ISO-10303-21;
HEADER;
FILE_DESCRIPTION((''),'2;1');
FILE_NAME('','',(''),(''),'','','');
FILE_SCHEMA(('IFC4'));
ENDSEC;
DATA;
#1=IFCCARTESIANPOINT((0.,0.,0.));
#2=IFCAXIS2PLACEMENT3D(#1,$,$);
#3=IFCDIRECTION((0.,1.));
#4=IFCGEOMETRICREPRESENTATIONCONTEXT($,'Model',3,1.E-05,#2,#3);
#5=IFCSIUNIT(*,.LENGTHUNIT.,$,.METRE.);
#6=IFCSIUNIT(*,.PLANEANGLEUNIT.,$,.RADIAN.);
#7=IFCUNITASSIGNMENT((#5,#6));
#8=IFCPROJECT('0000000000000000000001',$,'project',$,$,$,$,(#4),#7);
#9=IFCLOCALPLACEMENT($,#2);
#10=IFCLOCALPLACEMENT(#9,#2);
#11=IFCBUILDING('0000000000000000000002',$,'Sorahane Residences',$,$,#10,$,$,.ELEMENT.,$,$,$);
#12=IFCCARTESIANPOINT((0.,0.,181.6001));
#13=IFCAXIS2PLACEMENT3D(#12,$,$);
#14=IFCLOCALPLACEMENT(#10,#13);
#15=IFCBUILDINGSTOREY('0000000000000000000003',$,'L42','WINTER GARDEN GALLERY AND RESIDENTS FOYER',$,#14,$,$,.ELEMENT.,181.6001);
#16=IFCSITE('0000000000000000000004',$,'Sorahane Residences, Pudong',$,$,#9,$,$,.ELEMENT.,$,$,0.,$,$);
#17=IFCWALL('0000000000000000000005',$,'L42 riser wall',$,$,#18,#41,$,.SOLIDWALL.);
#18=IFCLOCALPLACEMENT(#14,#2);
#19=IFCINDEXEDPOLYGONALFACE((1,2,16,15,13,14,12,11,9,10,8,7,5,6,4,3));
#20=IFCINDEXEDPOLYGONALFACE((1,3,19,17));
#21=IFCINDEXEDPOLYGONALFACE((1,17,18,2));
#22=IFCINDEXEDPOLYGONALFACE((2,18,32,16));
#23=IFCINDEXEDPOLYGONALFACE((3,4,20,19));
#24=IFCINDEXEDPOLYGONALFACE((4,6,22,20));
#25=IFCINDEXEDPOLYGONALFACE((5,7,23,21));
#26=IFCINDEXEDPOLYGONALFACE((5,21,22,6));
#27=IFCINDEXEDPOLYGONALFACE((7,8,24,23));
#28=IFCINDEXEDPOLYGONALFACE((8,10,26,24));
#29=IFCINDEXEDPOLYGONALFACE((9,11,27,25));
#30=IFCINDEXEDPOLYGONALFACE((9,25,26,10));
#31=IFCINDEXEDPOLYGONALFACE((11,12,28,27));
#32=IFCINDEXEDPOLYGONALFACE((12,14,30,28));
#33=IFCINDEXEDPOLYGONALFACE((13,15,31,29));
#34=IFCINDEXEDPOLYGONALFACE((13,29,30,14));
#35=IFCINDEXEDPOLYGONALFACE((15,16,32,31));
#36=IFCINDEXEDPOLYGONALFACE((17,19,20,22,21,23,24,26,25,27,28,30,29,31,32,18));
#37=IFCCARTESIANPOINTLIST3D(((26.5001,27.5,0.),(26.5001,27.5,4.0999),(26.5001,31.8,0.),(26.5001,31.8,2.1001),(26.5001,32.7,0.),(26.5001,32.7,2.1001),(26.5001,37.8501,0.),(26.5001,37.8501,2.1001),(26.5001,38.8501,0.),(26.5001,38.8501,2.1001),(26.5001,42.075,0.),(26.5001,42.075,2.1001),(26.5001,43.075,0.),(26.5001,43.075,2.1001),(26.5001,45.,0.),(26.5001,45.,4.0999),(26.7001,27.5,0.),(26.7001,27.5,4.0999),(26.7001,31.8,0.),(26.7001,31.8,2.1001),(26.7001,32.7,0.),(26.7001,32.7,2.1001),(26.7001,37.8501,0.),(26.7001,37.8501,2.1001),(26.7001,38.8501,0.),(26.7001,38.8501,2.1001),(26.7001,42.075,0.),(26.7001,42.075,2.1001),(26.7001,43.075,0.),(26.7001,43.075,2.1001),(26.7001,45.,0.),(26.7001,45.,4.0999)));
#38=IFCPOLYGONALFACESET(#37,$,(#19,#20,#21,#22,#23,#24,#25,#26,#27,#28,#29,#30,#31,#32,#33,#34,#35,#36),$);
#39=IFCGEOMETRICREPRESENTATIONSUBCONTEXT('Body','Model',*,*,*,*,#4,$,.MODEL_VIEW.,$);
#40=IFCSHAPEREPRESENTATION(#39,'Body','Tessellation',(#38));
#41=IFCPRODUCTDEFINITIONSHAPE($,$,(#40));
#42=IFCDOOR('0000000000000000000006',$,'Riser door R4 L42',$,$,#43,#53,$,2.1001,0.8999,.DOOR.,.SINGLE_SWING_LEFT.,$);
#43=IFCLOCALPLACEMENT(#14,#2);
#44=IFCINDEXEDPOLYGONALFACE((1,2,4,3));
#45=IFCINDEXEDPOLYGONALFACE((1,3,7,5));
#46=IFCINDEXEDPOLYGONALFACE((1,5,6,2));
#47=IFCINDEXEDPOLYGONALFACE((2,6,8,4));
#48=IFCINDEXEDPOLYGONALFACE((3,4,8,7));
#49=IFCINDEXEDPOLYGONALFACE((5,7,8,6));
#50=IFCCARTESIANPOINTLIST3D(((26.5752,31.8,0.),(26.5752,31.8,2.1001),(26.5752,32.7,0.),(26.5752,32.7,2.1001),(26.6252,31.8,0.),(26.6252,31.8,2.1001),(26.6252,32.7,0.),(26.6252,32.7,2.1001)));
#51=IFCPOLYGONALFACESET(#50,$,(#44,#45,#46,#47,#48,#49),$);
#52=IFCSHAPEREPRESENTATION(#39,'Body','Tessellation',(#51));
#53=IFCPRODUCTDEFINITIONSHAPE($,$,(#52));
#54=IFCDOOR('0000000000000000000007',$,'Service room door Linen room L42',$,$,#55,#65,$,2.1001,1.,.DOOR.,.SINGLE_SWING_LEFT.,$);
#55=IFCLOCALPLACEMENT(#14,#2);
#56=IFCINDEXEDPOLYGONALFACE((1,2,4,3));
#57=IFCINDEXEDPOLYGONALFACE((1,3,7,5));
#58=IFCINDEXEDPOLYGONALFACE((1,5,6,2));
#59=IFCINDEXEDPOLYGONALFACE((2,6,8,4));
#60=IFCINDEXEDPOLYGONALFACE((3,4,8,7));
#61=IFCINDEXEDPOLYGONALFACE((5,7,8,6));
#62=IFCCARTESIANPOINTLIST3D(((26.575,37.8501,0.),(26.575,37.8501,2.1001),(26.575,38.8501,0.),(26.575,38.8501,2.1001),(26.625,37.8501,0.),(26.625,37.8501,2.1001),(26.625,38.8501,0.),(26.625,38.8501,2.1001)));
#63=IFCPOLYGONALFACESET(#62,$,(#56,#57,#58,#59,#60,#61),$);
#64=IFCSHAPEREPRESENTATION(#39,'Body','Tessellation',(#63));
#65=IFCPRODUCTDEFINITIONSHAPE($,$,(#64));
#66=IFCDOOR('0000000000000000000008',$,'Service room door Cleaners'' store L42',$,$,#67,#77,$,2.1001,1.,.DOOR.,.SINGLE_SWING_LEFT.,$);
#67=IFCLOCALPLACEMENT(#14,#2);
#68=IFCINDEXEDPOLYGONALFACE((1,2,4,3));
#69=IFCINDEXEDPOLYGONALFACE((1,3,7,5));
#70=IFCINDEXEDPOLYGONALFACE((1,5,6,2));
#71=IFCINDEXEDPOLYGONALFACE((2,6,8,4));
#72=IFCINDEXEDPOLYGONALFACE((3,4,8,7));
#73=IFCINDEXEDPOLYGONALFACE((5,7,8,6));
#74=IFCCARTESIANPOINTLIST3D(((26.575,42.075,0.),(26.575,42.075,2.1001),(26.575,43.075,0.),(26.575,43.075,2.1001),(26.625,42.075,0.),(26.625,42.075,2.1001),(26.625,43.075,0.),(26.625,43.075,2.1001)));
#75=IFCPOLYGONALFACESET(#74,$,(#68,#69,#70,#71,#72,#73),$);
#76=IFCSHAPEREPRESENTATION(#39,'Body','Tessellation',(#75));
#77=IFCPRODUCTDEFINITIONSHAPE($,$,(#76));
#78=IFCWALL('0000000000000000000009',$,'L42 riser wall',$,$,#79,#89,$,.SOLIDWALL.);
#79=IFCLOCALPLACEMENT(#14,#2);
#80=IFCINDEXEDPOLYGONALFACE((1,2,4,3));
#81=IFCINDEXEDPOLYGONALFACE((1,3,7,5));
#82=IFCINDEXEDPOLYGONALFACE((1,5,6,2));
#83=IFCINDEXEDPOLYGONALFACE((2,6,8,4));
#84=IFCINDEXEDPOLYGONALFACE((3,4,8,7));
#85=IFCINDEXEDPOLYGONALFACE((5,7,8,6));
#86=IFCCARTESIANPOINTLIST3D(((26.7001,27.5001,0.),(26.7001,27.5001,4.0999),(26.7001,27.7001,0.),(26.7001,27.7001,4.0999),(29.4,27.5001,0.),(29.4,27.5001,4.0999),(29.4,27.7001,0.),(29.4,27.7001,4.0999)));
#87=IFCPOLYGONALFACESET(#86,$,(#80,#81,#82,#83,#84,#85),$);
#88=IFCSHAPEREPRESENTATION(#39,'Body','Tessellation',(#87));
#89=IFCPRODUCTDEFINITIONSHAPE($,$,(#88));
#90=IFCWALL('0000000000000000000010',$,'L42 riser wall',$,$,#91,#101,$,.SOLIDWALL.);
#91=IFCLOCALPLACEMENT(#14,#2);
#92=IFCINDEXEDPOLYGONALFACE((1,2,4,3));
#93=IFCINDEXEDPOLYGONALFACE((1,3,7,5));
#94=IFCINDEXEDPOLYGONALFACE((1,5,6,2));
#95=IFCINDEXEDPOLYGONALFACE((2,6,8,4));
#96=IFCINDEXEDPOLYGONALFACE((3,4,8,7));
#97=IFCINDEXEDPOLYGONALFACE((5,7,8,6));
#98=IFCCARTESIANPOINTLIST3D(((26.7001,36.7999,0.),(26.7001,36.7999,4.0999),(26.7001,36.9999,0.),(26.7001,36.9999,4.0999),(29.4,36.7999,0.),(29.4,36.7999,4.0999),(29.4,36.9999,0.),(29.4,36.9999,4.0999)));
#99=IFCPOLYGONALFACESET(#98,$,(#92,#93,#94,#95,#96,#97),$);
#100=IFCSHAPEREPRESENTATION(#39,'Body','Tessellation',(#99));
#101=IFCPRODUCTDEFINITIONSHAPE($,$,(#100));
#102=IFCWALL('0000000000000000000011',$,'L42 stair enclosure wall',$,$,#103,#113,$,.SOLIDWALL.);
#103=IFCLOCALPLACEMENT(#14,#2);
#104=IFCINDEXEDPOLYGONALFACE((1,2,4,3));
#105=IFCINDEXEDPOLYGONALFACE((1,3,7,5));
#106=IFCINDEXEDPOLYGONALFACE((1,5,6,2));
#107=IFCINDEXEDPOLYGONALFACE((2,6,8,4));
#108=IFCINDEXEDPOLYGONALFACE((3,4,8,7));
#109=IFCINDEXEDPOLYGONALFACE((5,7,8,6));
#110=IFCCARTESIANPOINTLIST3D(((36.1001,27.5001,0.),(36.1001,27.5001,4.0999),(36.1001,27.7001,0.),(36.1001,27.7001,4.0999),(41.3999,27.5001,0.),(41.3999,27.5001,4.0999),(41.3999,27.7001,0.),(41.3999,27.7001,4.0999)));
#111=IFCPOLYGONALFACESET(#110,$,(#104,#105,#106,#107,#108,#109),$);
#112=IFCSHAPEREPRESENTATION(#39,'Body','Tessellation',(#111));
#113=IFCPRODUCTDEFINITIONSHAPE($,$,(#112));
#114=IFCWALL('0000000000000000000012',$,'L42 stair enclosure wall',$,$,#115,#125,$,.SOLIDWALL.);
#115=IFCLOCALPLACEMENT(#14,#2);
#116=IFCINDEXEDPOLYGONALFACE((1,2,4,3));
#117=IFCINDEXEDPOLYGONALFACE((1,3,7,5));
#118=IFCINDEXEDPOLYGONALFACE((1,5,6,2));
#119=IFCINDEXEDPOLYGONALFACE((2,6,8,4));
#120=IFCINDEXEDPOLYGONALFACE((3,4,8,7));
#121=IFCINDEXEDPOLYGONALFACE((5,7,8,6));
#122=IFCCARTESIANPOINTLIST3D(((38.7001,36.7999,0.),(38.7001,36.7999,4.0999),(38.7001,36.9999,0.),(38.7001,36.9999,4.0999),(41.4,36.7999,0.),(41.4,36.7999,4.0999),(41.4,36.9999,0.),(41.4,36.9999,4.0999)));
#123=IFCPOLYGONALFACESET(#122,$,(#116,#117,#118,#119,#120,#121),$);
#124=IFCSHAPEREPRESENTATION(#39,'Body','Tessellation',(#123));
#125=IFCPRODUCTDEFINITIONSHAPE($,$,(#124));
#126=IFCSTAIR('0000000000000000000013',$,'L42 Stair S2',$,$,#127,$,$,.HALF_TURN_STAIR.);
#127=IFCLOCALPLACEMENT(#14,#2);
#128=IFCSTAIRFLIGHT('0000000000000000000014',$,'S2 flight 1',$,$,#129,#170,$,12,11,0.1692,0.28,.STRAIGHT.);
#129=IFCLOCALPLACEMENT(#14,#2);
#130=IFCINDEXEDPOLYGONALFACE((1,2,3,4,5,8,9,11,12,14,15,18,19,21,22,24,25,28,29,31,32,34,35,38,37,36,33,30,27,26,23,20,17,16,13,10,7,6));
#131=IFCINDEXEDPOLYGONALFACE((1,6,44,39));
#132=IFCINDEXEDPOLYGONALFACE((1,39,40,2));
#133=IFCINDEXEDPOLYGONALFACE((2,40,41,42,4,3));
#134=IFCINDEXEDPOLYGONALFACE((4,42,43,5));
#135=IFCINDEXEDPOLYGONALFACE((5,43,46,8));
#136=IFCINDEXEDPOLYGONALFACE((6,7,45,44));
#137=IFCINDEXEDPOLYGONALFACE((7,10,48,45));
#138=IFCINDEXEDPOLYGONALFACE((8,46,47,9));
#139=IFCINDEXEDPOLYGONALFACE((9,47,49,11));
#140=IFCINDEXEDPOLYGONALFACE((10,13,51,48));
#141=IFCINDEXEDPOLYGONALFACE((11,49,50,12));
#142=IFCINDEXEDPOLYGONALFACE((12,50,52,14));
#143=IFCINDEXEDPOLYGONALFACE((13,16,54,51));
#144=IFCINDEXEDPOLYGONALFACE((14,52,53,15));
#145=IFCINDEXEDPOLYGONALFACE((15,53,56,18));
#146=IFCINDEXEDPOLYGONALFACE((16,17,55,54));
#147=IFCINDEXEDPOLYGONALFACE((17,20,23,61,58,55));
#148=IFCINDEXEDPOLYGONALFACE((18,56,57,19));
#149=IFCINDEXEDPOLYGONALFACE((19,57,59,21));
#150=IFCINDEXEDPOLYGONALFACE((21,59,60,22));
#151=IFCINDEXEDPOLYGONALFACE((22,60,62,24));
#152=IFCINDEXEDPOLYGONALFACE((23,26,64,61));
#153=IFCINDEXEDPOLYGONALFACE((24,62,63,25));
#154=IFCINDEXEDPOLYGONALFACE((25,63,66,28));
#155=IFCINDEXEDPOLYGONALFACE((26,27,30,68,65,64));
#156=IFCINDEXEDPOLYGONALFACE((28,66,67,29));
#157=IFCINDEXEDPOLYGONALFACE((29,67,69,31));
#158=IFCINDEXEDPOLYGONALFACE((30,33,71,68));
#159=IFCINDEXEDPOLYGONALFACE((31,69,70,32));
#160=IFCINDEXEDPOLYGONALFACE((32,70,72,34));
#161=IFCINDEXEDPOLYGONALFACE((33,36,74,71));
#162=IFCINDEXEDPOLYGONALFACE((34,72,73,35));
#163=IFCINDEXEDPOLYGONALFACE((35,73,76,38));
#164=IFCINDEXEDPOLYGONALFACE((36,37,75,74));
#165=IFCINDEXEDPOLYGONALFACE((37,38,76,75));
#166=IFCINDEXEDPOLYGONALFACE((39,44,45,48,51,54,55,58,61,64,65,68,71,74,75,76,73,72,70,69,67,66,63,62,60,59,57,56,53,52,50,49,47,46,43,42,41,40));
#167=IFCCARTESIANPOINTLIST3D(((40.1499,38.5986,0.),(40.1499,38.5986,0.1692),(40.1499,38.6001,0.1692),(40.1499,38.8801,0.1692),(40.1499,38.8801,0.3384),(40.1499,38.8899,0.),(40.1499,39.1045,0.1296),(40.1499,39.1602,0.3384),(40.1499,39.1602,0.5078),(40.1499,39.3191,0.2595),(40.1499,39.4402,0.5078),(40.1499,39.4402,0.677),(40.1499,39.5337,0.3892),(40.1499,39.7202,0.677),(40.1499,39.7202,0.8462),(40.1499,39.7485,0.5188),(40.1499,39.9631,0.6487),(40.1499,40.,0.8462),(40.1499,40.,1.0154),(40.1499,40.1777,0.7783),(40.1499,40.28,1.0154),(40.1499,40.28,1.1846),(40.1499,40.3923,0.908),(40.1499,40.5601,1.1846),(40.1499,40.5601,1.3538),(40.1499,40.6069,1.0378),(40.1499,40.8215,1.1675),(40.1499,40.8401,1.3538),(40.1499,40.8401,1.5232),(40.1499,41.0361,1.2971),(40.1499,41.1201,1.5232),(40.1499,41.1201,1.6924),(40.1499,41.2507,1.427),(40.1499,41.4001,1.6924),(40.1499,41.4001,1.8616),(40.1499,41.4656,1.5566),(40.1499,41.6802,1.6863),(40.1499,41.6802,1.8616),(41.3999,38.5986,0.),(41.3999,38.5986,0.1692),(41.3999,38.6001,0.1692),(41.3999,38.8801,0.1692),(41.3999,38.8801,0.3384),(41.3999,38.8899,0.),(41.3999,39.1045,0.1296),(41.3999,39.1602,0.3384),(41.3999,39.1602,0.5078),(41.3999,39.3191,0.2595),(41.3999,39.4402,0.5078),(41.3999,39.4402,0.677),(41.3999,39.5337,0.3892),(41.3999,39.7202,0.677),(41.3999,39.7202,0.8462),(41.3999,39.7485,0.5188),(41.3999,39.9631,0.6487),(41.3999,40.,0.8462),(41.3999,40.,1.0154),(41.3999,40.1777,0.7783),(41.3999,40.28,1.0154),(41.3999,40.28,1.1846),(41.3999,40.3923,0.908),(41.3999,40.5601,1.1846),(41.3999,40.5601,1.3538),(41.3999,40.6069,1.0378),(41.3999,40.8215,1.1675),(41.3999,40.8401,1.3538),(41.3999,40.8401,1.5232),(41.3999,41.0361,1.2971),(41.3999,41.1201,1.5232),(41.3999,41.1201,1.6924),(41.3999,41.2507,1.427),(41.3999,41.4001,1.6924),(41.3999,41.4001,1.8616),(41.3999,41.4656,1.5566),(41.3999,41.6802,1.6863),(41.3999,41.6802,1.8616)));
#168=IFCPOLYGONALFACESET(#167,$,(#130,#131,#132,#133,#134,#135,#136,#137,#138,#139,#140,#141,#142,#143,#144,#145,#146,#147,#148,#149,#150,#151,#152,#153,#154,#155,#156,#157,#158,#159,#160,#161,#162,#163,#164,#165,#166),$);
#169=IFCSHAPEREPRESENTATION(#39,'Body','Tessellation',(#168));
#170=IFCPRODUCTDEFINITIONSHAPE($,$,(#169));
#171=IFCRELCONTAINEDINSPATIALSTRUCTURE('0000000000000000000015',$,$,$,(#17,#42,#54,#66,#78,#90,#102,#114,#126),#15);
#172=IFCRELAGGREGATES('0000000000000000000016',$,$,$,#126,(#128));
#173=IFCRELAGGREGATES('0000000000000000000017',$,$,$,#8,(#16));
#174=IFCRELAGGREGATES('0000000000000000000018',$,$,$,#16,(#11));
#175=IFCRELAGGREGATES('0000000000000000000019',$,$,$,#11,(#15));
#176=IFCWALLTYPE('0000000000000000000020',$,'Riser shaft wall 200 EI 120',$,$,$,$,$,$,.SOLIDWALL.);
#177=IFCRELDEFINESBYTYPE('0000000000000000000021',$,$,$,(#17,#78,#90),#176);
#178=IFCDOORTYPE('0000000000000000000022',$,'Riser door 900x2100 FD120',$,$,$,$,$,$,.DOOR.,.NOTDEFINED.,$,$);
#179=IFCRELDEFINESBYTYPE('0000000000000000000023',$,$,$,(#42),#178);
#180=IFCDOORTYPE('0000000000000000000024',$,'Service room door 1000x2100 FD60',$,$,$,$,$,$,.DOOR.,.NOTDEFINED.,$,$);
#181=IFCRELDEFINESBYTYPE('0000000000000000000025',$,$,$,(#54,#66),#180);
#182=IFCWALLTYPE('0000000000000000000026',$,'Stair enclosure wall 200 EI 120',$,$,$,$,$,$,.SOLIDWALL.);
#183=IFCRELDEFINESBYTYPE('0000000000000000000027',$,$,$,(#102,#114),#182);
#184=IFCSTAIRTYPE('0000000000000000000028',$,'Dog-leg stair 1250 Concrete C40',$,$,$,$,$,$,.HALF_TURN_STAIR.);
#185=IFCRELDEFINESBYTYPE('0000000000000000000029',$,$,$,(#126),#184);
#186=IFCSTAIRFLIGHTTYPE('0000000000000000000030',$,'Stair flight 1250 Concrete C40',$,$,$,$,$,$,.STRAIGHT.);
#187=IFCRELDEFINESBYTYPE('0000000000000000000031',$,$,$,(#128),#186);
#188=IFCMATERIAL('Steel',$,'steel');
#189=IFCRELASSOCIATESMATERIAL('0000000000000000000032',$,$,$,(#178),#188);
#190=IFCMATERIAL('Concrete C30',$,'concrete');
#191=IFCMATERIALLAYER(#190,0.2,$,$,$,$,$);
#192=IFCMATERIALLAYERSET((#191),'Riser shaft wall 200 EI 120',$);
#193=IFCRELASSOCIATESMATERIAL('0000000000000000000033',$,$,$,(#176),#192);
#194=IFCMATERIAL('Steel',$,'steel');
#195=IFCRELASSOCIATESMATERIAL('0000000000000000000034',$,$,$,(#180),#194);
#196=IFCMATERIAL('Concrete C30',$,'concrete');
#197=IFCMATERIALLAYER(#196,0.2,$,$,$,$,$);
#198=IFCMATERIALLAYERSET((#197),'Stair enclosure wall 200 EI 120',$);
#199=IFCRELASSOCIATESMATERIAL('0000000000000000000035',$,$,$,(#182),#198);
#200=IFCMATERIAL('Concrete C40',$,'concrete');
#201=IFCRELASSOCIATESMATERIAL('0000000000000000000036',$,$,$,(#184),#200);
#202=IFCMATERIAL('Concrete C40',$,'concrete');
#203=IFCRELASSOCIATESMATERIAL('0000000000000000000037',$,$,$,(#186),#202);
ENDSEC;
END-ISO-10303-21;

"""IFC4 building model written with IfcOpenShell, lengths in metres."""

from ifc_helpers import new_model, si_unit, direction, frame, frame_2d, origin, place, context, subcontext, project, spatial, polyline, rectangle, outline, extrude, material, layer, layer_set, type_object, element, fill, aggregate, save


model = new_model("IFC4")

# Units and contexts
model_context = context("Model", 3, precision=1e-05, world=origin(), true_north=direction((0.0, 1.0)))
body_context = subcontext(model_context, "Body", "Model", "MODEL_VIEW")
ifc_project = project(units=[si_unit("LENGTHUNIT", "METRE"), si_unit("PLANEANGLEUNIT", "RADIAN")], contexts=[model_context])

# Site, building, storey
site_placement = place(None, origin())
site = spatial("IfcSite", under=ifc_project, at=site_placement, Name="Sorahane Residences, Pudong", CompositionType="ELEMENT", RefElevation=0.0)
building_placement = place(site_placement, origin())
building = spatial("IfcBuilding", under=site, at=building_placement, Name="Sorahane Residences", CompositionType="ELEMENT")
storey_placement = place(building_placement, frame((0.0, 0.0, 181.6001)))
storey = spatial("IfcBuildingStorey", under=building, at=storey_placement, Name="L42", Description="WINTER GARDEN GALLERY AND RESIDENTS FOYER", CompositionType="ELEMENT", Elevation=181.6001)

# Shared definitions
ifc_material_1 = material(Name="Steel", Category="steel")
door_type_1 = type_object("IfcDoorType", Name="Riser door 900x2100 FD120", OperationType="NOTDEFINED", PredefinedType="DOOR", material=ifc_material_1)

# Wall, openings, doors
ifc_material_2 = material(Name="Concrete C30", Category="concrete")
ifc_layer_1 = layer(ifc_material_2, 0.2)
ifc_layer_set_1 = layer_set([ifc_layer_1], Name="Riser shaft wall 200 EI 120")
wall_type_1 = type_object("IfcWallType", Name="Riser shaft wall 200 EI 120", PredefinedType="SOLIDWALL", material=ifc_layer_set_1)
wall_1_placement = place(storey_placement, frame((26.6001, 27.5, 0.0), z_axis=(0.0, 0.0, 1.0), x_axis=(0.0, 1.0, 0.0)))
wall_1 = element("IfcWall", 1, at=wall_1_placement, inside=storey, type_object=wall_type_1, Name="L42 riser wall", PredefinedType="SOLIDWALL", context=body_context, shape_type="SweptSolid", body=[
    extrude(rectangle(XDim=17.5, YDim=0.2, at=frame_2d((8.75, 0.0))), origin(), (0.0, 0.0, 1.0), 4.0999),
])
opening_1_placement = place(wall_1_placement, frame((4.3, 0.0, 0.0)))
opening_1 = element("IfcOpeningElement", 2, at=opening_1_placement, cuts=wall_1, PredefinedType="OPENING", context=body_context, shape_type="SweptSolid", body=[
    extrude(rectangle(XDim=0.8999, YDim=2.1001, at=frame_2d((0.45, 1.05))), frame((0.0, 0.1099, 0.0), z_axis=(0.0, -1.0, 0.0), x_axis=(1.0, 0.0, 0.0)), (0.0, 0.0, 1.0), 0.22),
])
opening_2_placement = place(wall_1_placement, frame((10.3501, 0.0, 0.0)))
opening_2 = element("IfcOpeningElement", 3, at=opening_2_placement, cuts=wall_1, PredefinedType="OPENING", context=body_context, shape_type="SweptSolid", body=[
    extrude(rectangle(XDim=1.0, YDim=2.1001, at=frame_2d((0.5, 1.05))), frame((0.0, 0.1099, 0.0), z_axis=(0.0, -1.0, 0.0), x_axis=(1.0, 0.0, 0.0)), (0.0, 0.0, 1.0), 0.22),
])
opening_3_placement = place(wall_1_placement, frame((14.575, 0.0, 0.0)))
opening_3 = element("IfcOpeningElement", 4, at=opening_3_placement, cuts=wall_1, PredefinedType="OPENING", context=body_context, shape_type="SweptSolid", body=[
    extrude(rectangle(XDim=1.0, YDim=2.1001, at=frame_2d((0.5, 1.05))), frame((0.0, 0.1099, 0.0), z_axis=(0.0, -1.0, 0.0), x_axis=(1.0, 0.0, 0.0)), (0.0, 0.0, 1.0), 0.22),
])
door_1_placement = place(opening_1_placement, origin())
door_1 = element("IfcDoor", 5, at=door_1_placement, inside=storey, type_object=door_type_1, Name="Riser door R4 L42", OperationType="SINGLE_SWING_LEFT", OverallHeight=2.1001, OverallWidth=0.8999, PredefinedType="DOOR", context=body_context, shape_type="SweptSolid", body=[
    extrude(rectangle(XDim=0.8999, YDim=2.1001, at=frame_2d((0.45, 1.05))), frame((0.0, 0.0249, 0.0), z_axis=(0.0, -1.0, 0.0), x_axis=(1.0, 0.0, 0.0)), (0.0, 0.0, 1.0), 0.05),
])
fill(opening_1, door_1)
ifc_material_3 = material(Name="Steel", Category="steel")
door_type_2 = type_object("IfcDoorType", Name="Service room door 1000x2100 FD60", OperationType="NOTDEFINED", PredefinedType="DOOR", material=ifc_material_3)
door_2_placement = place(opening_2_placement, frame((1.0, 0.0, 0.0), z_axis=(0.0, 0.0, 1.0), x_axis=(-1.0, 0.0, 0.0)))
door_2 = element("IfcDoor", 6, at=door_2_placement, inside=storey, type_object=door_type_2, Name="Service room door Linen room L42", OperationType="SINGLE_SWING_LEFT", OverallHeight=2.1001, OverallWidth=1.0, PredefinedType="DOOR", context=body_context, shape_type="SweptSolid", body=[
    extrude(rectangle(XDim=1.0, YDim=2.1001, at=frame_2d((0.5, 1.05))), frame((0.0, 0.0249, 0.0), z_axis=(0.0, -1.0, 0.0), x_axis=(1.0, 0.0, 0.0)), (0.0, 0.0, 1.0), 0.05),
])
fill(opening_2, door_2)
door_3_placement = place(opening_3_placement, frame((1.0, 0.0, 0.0), z_axis=(0.0, 0.0, 1.0), x_axis=(-1.0, 0.0, 0.0)))
door_3 = element("IfcDoor", 7, at=door_3_placement, inside=storey, type_object=door_type_2, Name="Service room door Cleaners' store L42", OperationType="SINGLE_SWING_LEFT", OverallHeight=2.1001, OverallWidth=1.0, PredefinedType="DOOR", context=body_context, shape_type="SweptSolid", body=[
    extrude(rectangle(XDim=1.0, YDim=2.1001, at=frame_2d((0.5, 1.05))), frame((0.0, 0.0249, 0.0), z_axis=(0.0, -1.0, 0.0), x_axis=(1.0, 0.0, 0.0)), (0.0, 0.0, 1.0), 0.05),
])
fill(opening_3, door_3)

# Walls
for number, where, z_axis, x_axis, name in (
    (8, (26.7, 27.6001, 0.0), (0.0, 0.0, 1.0), (1.0, 0.0, 0.0), "L42 riser wall"),
    (9, (26.7, 36.8999, 0.0), (0.0, 0.0, 1.0), (1.0, 0.0, 0.0), "L42 riser wall"),
):
    element("IfcWall", number, at=place(storey_placement, frame(where, z_axis=z_axis, x_axis=x_axis)), inside=storey, type_object=wall_type_1, Name=name, PredefinedType="SOLIDWALL", context=body_context, shape_type="SweptSolid", body=[
        extrude(rectangle(XDim=2.7, YDim=0.2, at=frame_2d((1.3501, 0.0))), origin(), (0.0, 0.0, 1.0), 4.0999),
    ])
ifc_material_4 = material(Name="Concrete C30", Category="concrete")
ifc_layer_2 = layer(ifc_material_4, 0.2)
ifc_layer_set_2 = layer_set([ifc_layer_2], Name="Stair enclosure wall 200 EI 120")
wall_type_2 = type_object("IfcWallType", Name="Stair enclosure wall 200 EI 120", PredefinedType="SOLIDWALL", material=ifc_layer_set_2)
wall_2_placement = place(storey_placement, frame((36.1001, 27.6001, 0.0), z_axis=(0.0, 0.0, 1.0), x_axis=(1.0, 0.0, 0.0)))
element("IfcWall", 10, at=wall_2_placement, inside=storey, type_object=wall_type_2, Name="L42 stair enclosure wall", PredefinedType="SOLIDWALL", context=body_context, shape_type="SweptSolid", body=[
    extrude(rectangle(XDim=5.2998, YDim=0.2, at=frame_2d((2.6499, 0.0))), origin(), (0.0, 0.0, 1.0), 4.0999),
])
wall_3_placement = place(storey_placement, frame((38.7, 36.8999, 0.0), z_axis=(0.0, 0.0, 1.0), x_axis=(1.0, 0.0, 0.0)))
element("IfcWall", 11, at=wall_3_placement, inside=storey, type_object=wall_type_2, Name="L42 stair enclosure wall", PredefinedType="SOLIDWALL", context=body_context, shape_type="SweptSolid", body=[
    extrude(rectangle(XDim=2.7, YDim=0.2, at=frame_2d((1.3501, 0.0))), origin(), (0.0, 0.0, 1.0), 4.0999),
])

# Stair, stair flight
ifc_material_5 = material(Name="Concrete C40", Category="concrete")
stair_type = type_object("IfcStairType", Name="Dog-leg stair 1250 Concrete C40", PredefinedType="HALF_TURN_STAIR", material=ifc_material_5)
stair_1_placement = place(storey_placement, origin())
stair_1 = element("IfcStair", 12, at=stair_1_placement, inside=storey, type_object=stair_type, Name="L42 Stair S2", PredefinedType="HALF_TURN_STAIR")
ifc_material_6 = material(Name="Concrete C40", Category="concrete")
stair_flight_type = type_object("IfcStairFlightType", Name="Stair flight 1250 Concrete C40", PredefinedType="STRAIGHT", material=ifc_material_6)
stair_flight_1_placement = place(storey_placement, frame((40.7749, 38.6001, 0.0), z_axis=(0.0, 0.0, 1.0), x_axis=(0.0, 1.0, 0.0)))
stair_flight_1 = element("IfcStairFlight", 13, at=stair_flight_1_placement, type_object=stair_flight_type, Name="S2 flight 1", NumberOfRisers=12, NumberOfTreads=11, PredefinedType="STRAIGHT", RiserHeight=0.1692, TreadLength=0.28, context=body_context, shape_type="SweptSolid", body=[
    extrude(outline(polyline([(-0.0015, 0.0), (-0.0015, 0.1692), (0.0, 0.1692), (0.28, 0.1692), (0.28, 0.3384), (0.5601, 0.3384), (0.5601, 0.5078), (0.8401, 0.5078), (0.8401, 0.677), (1.1201, 0.677), (1.1201, 0.8462), (1.3999, 0.8462), (1.3999, 1.0154), (1.6799, 1.0154), (1.6799, 1.1846), (1.96, 1.1846), (1.96, 1.3538), (2.24, 1.3538), (2.24, 1.5232), (2.52, 1.5232), (2.52, 1.6924), (2.8, 1.6924), (2.8, 1.8616), (3.0801, 1.8616), (3.0801, 2.0308), (3.0801, 1.6863), (2.8655, 1.5566), (2.6506, 1.427), (2.436, 1.2971), (2.2214, 1.1675), (2.0068, 1.0378), (1.7922, 0.908), (1.5776, 0.7783), (1.363, 0.6487), (1.1484, 0.5188), (0.9336, 0.3892), (0.719, 0.2595), (0.5044, 0.1296), (0.2898, 0.0), (-0.0015, 0.0)])), frame((0.0, 0.625, 0.0), z_axis=(0.0, -1.0, 0.0), x_axis=(1.0, 0.0, 0.0)), (0.0, 0.0, 1.0), 1.25),
])
aggregate(stair_1, [stair_flight_1])

save(model, "model.ifc")
